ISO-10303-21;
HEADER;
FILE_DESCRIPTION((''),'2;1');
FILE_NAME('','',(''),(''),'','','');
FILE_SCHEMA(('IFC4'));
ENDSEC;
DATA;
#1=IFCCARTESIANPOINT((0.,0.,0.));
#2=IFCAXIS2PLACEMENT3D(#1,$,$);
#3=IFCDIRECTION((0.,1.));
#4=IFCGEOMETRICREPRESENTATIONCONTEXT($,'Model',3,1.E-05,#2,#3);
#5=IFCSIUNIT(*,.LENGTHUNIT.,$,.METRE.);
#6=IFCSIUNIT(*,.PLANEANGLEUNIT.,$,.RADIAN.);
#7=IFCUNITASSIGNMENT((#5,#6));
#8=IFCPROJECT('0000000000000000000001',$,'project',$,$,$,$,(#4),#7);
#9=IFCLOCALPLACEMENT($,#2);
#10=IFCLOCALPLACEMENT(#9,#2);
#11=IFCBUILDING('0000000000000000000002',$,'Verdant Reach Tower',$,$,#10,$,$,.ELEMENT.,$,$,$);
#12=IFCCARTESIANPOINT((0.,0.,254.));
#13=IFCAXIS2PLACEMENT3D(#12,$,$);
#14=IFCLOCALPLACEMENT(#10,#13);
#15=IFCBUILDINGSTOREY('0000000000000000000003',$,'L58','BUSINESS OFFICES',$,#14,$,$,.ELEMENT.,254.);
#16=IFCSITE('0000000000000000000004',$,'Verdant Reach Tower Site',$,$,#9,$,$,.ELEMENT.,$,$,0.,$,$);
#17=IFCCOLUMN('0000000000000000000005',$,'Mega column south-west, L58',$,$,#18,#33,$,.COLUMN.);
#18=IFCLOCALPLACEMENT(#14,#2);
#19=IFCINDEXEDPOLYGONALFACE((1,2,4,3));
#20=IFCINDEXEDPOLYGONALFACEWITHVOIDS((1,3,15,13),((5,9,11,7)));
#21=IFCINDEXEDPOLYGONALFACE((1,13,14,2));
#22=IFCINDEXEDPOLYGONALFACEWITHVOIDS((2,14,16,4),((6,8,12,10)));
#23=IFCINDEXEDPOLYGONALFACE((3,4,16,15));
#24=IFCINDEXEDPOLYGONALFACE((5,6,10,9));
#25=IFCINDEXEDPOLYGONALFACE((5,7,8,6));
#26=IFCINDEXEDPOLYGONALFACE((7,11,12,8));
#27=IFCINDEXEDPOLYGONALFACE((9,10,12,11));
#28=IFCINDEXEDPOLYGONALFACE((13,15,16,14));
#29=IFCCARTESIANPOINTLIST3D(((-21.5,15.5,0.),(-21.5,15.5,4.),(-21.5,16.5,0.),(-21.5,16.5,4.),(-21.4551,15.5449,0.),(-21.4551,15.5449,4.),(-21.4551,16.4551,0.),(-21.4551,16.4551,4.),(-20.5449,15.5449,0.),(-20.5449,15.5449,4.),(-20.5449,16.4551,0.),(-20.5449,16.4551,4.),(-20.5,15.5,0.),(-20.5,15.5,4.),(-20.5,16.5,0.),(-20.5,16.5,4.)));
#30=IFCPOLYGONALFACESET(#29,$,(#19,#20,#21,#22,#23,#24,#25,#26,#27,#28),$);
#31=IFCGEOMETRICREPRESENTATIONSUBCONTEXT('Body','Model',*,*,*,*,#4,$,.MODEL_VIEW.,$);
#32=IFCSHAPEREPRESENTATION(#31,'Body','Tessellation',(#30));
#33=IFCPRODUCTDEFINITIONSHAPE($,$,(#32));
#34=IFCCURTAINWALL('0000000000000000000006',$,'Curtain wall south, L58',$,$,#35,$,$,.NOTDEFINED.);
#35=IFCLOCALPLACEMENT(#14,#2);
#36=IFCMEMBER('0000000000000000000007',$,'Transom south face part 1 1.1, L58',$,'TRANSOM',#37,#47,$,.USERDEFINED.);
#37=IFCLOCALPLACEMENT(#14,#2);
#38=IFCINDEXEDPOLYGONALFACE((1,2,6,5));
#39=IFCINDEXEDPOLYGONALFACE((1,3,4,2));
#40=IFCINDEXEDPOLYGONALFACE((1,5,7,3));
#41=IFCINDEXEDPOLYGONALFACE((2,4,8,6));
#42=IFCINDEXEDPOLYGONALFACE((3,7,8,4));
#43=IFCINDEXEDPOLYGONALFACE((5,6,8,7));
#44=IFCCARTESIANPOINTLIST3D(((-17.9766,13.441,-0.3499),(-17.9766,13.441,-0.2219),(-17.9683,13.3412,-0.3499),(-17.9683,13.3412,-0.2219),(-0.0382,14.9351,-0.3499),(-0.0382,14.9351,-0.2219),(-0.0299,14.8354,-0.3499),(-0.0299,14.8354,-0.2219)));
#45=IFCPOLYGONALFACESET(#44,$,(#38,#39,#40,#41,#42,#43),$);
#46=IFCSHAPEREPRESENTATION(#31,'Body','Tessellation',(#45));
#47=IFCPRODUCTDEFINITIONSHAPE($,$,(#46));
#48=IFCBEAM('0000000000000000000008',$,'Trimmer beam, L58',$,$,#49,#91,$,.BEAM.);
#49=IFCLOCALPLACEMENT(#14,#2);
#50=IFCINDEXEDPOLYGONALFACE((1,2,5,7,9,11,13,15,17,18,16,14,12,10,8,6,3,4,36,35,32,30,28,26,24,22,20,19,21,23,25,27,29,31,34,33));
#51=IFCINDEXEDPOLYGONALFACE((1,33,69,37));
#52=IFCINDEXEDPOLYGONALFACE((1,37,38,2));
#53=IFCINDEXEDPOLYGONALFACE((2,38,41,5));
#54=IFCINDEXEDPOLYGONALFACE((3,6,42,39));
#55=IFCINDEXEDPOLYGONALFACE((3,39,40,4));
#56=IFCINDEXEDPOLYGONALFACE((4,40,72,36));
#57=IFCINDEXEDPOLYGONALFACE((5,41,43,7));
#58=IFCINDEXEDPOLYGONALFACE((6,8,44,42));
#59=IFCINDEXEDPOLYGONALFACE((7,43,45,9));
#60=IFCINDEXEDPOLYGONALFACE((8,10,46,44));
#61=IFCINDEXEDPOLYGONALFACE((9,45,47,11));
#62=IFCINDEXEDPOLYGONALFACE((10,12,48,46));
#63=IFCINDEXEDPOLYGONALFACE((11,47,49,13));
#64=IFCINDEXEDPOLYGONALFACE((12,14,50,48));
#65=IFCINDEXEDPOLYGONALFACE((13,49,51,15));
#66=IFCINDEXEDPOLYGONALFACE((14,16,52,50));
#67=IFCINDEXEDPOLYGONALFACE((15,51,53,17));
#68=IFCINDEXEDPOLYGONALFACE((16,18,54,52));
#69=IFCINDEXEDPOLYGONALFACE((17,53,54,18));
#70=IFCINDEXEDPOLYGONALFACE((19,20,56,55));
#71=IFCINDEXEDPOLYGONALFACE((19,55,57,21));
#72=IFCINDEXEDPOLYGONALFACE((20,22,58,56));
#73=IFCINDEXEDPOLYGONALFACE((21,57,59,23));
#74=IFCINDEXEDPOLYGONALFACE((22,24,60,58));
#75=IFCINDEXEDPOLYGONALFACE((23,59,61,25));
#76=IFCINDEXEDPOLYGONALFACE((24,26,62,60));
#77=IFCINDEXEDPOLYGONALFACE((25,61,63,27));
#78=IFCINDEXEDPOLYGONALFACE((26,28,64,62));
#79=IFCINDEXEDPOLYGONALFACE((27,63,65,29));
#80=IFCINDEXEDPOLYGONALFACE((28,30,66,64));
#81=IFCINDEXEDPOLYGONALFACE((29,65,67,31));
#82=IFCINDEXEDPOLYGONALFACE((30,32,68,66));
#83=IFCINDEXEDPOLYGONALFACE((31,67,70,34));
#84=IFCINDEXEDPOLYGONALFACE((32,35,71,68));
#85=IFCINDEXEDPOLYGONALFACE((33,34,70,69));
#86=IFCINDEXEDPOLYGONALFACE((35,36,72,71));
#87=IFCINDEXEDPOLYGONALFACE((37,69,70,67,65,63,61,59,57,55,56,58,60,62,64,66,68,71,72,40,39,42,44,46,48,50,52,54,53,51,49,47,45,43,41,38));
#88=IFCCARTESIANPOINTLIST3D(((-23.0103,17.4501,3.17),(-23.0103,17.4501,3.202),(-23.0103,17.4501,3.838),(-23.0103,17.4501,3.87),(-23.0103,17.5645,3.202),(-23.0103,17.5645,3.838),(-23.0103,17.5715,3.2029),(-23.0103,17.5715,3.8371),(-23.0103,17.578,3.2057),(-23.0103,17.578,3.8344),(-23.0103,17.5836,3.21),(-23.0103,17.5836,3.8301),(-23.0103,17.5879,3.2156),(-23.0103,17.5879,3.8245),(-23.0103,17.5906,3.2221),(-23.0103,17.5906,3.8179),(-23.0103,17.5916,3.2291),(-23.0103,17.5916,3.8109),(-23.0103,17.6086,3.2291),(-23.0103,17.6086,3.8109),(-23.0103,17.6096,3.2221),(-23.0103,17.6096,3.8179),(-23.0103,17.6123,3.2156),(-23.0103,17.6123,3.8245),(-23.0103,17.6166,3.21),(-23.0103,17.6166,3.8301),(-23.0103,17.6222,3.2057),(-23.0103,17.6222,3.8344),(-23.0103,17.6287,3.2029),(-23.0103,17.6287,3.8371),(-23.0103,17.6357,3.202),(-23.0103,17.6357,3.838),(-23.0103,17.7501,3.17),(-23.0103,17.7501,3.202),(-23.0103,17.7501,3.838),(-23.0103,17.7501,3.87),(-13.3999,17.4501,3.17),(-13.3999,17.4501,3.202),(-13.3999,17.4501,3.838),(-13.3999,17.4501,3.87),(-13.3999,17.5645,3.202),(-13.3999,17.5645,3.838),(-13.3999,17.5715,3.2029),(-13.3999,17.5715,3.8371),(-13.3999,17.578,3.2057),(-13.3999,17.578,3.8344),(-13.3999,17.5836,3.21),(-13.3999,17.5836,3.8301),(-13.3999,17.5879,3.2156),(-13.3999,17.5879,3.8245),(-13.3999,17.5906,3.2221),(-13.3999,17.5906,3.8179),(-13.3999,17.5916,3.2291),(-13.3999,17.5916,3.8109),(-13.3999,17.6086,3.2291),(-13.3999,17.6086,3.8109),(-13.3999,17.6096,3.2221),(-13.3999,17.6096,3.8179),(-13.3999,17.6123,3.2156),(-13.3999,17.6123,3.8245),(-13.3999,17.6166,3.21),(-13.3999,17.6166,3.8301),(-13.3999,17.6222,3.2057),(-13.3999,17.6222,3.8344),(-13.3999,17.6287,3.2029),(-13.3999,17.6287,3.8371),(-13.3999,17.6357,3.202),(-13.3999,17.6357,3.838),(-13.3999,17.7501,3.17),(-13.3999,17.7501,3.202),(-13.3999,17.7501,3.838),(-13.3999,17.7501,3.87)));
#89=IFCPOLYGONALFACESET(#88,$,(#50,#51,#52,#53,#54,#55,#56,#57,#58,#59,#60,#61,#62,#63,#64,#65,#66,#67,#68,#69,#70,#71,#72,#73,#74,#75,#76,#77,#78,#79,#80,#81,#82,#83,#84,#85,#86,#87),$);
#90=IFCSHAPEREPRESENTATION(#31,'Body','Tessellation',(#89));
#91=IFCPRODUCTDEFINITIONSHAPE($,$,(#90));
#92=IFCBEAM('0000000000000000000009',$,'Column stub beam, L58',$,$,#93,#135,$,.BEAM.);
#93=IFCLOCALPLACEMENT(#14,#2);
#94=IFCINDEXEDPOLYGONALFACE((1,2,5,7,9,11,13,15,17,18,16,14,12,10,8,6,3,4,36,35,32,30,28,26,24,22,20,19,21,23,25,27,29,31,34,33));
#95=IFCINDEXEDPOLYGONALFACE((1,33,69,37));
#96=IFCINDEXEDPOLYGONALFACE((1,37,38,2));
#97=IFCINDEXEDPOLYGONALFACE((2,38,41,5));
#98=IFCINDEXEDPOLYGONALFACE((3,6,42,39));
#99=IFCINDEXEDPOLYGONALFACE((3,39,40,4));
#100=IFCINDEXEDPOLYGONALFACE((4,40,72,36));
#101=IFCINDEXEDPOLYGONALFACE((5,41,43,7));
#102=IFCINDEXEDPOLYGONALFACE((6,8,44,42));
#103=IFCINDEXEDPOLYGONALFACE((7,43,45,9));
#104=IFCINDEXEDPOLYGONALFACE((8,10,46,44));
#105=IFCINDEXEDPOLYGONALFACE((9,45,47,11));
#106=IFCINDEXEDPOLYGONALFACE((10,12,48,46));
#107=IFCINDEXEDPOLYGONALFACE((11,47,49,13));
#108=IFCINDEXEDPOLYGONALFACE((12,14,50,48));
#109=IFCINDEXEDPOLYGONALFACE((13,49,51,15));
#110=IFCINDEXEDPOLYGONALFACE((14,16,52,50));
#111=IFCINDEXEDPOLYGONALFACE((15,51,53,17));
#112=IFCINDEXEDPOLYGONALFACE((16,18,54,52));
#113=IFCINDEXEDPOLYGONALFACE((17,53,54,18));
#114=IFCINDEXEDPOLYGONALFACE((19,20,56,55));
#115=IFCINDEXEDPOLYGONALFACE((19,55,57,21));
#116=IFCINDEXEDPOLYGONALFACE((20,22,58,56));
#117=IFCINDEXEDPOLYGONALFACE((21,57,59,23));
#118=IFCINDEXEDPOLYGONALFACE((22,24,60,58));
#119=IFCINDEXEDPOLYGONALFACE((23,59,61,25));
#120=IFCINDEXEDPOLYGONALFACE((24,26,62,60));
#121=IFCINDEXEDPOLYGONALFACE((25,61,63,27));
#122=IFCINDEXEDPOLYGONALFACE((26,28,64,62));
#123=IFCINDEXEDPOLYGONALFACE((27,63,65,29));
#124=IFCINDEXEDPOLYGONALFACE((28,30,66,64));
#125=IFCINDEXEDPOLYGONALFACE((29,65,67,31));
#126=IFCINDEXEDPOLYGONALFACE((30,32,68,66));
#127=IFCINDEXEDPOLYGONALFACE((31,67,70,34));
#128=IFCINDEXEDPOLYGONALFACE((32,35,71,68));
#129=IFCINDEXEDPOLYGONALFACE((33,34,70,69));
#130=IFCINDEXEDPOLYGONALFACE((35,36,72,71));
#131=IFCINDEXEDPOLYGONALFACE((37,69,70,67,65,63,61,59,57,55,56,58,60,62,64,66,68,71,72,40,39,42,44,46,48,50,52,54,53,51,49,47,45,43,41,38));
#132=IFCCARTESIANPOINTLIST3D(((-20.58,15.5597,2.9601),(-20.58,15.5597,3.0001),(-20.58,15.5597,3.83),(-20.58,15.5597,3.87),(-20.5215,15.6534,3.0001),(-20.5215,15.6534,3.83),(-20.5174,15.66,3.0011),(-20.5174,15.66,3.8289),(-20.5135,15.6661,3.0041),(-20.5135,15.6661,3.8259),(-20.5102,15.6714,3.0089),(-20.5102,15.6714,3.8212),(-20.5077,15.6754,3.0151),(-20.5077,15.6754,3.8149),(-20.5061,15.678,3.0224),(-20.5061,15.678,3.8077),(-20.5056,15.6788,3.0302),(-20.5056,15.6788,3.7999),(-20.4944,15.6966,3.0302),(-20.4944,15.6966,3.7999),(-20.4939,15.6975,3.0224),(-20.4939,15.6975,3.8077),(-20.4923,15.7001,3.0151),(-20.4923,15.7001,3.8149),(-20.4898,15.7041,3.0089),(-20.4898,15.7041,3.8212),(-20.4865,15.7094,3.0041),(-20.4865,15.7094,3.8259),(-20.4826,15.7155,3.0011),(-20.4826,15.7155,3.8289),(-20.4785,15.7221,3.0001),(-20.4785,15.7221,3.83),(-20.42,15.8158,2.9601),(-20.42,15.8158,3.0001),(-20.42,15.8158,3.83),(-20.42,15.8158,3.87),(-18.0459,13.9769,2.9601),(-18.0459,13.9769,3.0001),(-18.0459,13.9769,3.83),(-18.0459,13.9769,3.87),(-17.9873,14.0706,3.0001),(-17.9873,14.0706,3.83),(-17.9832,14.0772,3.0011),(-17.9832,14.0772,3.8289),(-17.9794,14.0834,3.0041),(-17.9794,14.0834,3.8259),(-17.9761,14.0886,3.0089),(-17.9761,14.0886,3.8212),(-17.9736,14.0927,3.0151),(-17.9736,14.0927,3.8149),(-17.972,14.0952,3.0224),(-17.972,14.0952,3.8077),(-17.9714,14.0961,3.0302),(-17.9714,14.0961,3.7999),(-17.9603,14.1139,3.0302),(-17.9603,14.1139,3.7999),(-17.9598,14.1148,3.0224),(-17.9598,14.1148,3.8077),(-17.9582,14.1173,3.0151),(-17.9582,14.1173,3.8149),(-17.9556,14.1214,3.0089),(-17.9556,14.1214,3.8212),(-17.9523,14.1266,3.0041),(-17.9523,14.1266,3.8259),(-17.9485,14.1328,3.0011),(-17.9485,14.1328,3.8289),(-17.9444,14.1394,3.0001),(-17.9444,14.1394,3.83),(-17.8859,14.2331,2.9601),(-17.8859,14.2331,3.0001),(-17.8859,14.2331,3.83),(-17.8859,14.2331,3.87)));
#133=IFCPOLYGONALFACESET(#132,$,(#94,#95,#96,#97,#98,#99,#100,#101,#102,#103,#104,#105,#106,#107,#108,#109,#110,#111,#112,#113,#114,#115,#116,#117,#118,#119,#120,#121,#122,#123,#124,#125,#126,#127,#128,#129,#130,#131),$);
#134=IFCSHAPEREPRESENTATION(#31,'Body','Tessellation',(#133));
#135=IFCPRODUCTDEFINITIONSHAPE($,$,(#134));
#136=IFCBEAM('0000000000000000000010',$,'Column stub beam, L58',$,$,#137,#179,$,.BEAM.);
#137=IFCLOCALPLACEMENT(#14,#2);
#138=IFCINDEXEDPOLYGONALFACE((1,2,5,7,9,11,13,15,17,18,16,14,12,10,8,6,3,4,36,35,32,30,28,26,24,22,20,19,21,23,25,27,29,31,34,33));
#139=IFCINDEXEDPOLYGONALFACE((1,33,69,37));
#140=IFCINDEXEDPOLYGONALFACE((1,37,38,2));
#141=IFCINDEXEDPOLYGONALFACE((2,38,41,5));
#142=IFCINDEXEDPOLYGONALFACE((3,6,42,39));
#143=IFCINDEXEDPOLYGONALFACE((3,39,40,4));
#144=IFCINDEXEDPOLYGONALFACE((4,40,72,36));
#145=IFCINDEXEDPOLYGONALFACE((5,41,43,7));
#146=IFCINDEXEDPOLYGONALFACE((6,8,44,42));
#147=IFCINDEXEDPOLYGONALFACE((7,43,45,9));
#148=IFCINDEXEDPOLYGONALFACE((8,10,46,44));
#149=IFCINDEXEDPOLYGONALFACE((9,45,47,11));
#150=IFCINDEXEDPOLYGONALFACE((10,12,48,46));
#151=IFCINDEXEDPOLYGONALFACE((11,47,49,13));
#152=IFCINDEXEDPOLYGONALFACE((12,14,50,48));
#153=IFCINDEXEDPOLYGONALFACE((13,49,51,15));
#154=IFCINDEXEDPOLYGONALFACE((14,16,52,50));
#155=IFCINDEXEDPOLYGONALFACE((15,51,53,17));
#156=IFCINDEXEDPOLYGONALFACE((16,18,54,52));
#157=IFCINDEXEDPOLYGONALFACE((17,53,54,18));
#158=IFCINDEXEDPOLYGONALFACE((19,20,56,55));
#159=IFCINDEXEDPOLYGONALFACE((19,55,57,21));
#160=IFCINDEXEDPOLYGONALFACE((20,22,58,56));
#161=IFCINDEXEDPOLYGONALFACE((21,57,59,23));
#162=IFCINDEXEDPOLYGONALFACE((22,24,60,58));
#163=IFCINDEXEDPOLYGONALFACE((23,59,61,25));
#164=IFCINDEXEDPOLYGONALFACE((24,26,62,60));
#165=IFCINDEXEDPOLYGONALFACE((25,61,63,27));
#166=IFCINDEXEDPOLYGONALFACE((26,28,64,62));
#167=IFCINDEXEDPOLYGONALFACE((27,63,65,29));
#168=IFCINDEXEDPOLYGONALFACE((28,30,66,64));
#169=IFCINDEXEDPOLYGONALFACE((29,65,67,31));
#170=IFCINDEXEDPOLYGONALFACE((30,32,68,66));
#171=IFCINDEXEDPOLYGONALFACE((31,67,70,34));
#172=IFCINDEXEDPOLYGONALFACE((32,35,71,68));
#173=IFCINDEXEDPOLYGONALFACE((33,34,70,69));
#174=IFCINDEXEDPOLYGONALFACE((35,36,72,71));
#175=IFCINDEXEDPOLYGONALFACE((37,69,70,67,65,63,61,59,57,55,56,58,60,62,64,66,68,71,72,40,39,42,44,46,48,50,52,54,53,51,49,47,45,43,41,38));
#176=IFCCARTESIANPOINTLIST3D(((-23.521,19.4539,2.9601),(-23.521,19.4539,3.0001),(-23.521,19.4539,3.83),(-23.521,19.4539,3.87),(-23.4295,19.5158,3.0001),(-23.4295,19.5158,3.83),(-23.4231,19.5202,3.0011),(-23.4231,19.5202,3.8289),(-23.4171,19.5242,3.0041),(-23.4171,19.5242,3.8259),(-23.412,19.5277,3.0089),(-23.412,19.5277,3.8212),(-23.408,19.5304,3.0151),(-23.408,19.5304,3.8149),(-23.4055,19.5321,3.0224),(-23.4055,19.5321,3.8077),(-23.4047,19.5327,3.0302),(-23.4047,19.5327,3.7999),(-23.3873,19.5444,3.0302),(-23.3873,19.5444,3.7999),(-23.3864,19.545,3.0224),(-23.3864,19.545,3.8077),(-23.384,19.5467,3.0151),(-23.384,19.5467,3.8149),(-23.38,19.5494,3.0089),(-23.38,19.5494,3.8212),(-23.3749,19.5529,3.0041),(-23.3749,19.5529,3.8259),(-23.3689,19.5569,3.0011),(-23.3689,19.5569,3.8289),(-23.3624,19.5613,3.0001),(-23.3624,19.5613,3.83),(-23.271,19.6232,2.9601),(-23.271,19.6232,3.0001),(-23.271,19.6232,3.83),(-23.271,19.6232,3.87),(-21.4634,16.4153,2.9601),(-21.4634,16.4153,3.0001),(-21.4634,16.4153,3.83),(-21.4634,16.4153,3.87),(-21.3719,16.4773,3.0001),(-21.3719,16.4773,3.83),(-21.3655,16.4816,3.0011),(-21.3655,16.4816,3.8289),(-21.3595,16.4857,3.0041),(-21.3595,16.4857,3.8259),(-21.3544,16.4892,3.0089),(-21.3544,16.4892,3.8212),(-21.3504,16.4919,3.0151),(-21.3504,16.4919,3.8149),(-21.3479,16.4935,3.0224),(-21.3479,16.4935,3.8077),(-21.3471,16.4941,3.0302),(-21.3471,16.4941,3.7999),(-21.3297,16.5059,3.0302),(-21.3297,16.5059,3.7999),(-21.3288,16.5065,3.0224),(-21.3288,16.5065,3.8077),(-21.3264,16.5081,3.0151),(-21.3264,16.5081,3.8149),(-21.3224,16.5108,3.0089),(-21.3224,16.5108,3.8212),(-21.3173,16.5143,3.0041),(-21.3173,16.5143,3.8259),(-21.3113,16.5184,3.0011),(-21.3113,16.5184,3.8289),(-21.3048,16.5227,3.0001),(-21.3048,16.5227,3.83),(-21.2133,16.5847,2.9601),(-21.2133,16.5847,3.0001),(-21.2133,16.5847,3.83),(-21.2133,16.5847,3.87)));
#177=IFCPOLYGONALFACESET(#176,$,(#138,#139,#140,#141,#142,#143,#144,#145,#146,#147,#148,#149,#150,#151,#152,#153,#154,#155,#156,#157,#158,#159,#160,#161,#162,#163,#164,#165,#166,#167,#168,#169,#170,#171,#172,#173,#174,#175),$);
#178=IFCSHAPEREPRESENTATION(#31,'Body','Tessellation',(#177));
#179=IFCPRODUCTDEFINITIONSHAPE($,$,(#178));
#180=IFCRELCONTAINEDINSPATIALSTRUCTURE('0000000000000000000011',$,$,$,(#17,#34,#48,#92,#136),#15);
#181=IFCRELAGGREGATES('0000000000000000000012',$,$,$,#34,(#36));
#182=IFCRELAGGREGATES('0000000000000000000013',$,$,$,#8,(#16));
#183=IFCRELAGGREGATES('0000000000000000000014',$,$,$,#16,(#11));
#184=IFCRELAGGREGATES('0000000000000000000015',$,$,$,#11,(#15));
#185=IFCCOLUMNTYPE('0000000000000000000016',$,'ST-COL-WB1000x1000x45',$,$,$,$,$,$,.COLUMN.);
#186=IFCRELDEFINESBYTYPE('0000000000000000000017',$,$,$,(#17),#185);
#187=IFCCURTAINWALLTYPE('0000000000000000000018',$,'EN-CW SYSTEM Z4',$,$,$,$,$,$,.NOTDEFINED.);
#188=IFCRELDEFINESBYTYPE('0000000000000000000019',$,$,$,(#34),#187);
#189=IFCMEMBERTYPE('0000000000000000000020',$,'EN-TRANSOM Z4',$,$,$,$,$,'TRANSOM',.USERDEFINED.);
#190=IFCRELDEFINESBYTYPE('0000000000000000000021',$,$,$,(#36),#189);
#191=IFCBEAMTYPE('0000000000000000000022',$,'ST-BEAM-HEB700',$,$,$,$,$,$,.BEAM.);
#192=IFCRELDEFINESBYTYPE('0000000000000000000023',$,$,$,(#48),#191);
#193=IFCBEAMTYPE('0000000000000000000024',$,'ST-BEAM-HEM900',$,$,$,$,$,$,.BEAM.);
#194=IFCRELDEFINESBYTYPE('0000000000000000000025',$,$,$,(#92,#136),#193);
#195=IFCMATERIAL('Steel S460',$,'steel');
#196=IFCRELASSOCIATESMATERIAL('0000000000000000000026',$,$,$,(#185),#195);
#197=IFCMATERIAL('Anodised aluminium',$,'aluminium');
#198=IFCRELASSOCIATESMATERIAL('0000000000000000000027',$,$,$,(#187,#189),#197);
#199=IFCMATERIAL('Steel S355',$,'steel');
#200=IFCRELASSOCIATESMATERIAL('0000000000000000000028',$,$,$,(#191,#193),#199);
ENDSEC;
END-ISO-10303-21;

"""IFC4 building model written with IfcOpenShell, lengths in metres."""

from ifc_helpers import new_model, si_unit, direction, frame, origin, origin_2d, place, context, subcontext, project, spatial, rectangle, hollow_rectangle, i_section, extrude, material, material_profile, profile_set, type_object, element, aggregate, save


model = new_model("IFC4")

# Units and contexts
model_context = context("Model", 3, precision=1e-05, world=origin(), true_north=direction((0.0, 1.0)))
body_context = subcontext(model_context, "Body", "Model", "MODEL_VIEW")
ifc_project = project(units=[si_unit("LENGTHUNIT", "METRE"), si_unit("PLANEANGLEUNIT", "RADIAN")], contexts=[model_context])

# Site, building, storey
site_placement = place(None, origin())
site = spatial("IfcSite", under=ifc_project, at=site_placement, Name="Verdant Reach Tower Site", CompositionType="ELEMENT", RefElevation=0.0)
building_placement = place(site_placement, origin())
building = spatial("IfcBuilding", under=site, at=building_placement, Name="Verdant Reach Tower", CompositionType="ELEMENT")
storey_placement = place(building_placement, frame((0.0, 0.0, 254.0)))
storey = spatial("IfcBuildingStorey", under=building, at=storey_placement, Name="L58", Description="BUSINESS OFFICES", CompositionType="ELEMENT", Elevation=254.0)

# Column
ifc_material_1 = material(Name="Steel S460", Category="steel")
ifc_material_profile_1 = material_profile(ifc_material_1, hollow_rectangle(XDim=1.0, YDim=1.0, WallThickness=0.0449, at=origin_2d()), Name="WB 1000x1000x45")
ifc_profile_set_1 = profile_set([ifc_material_profile_1], Name="Steel S460")
column_type = type_object("IfcColumnType", Name="ST-COL-WB1000x1000x45", PredefinedType="COLUMN", material=ifc_profile_set_1)
column_placement = place(storey_placement, frame((-21.0, 16.0, 0.0), z_axis=(0.0, 0.0, 1.0), x_axis=(1.0, 0.0, 0.0)))
element("IfcColumn", 1, at=column_placement, inside=storey, type_object=column_type, Name="Mega column south-west, L58", PredefinedType="COLUMN", context=body_context, shape_type="SweptSolid", body=[
    extrude(hollow_rectangle(XDim=1.0, YDim=1.0, WallThickness=0.0449, at=origin_2d()), origin(), (0.0, 0.0, 1.0), 4.0),
])

# Curtain wall, member
ifc_material_2 = material(Name="Anodised aluminium", Category="aluminium")
curtain_wall_type = type_object("IfcCurtainWallType", Name="EN-CW SYSTEM Z4", PredefinedType="NOTDEFINED", material=ifc_material_2)
curtain_wall_1_placement = place(storey_placement, origin())
curtain_wall_1 = element("IfcCurtainWall", 2, at=curtain_wall_1_placement, inside=storey, type_object=curtain_wall_type, Name="Curtain wall south, L58", PredefinedType="NOTDEFINED")
ifc_material_profile_2 = material_profile(ifc_material_2, rectangle(XDim=0.1001, YDim=0.1279, at=origin_2d()), Name="Transom 128x100")
ifc_profile_set_2 = profile_set([ifc_material_profile_2], Name="Anodised aluminium")
member_type = type_object("IfcMemberType", Name="EN-TRANSOM Z4", ElementType="TRANSOM", PredefinedType="USERDEFINED", material=ifc_profile_set_2)
member_placement = place(storey_placement, frame((-17.9724, 13.3911, -0.2859), z_axis=(0.996549, 0.083005, 0.0), x_axis=(-0.083005, 0.996549, 0.0)))
member = element("IfcMember", 3, at=member_placement, type_object=member_type, Name="Transom south face part 1 1.1, L58", ObjectType="TRANSOM", PredefinedType="USERDEFINED", context=body_context, shape_type="SweptSolid", body=[
    extrude(rectangle(XDim=0.1001, YDim=0.1279, at=origin_2d()), origin(), (0.0, 0.0, 1.0), 18.0005),
])

# Beams
ifc_material_3 = material(Name="Steel S355", Category="steel")
ifc_material_profile_3 = material_profile(ifc_material_3, i_section(OverallWidth=0.3, OverallDepth=0.7, WebThickness=0.0171, FlangeThickness=0.032, FilletRadius=0.0271, at=origin_2d()), Name="HEB 700")
ifc_profile_set_3 = profile_set([ifc_material_profile_3], Name="Steel S355")
beam_type_1 = type_object("IfcBeamType", Name="ST-BEAM-HEB700", PredefinedType="BEAM", material=ifc_profile_set_3)
beam_1_placement = place(storey_placement, frame((-13.3999, 17.6001, 3.52), z_axis=(-1.0, 0.0, 0.0), x_axis=(0.0, -1.0, 0.0)))
element("IfcBeam", 4, at=beam_1_placement, inside=storey, type_object=beam_type_1, Name="Trimmer beam, L58", PredefinedType="BEAM", context=body_context, shape_type="SweptSolid", body=[
    extrude(i_section(OverallWidth=0.3, OverallDepth=0.7, WebThickness=0.0171, FlangeThickness=0.032, FilletRadius=0.0271, at=origin_2d()), origin(), (0.0, 0.0, 1.0), 9.6104),
])
ifc_material_profile_4 = material_profile(ifc_material_3, i_section(OverallWidth=0.302, OverallDepth=0.9099, WebThickness=0.021, FlangeThickness=0.04, FilletRadius=0.03, at=origin_2d()), Name="HEM 900")
ifc_profile_set_4 = profile_set([ifc_material_profile_4], Name="Steel S355")
beam_type_2 = type_object("IfcBeamType", Name="ST-BEAM-HEM900", PredefinedType="BEAM", material=ifc_profile_set_4)
beam_2_placement = place(storey_placement, frame((-20.5, 15.6877, 3.415), z_axis=(0.848164, -0.529735, 0.0), x_axis=(0.529735, 0.848164, 0.0)))
element("IfcBeam", 5, at=beam_2_placement, inside=storey, type_object=beam_type_2, Name="Column stub beam, L58", PredefinedType="BEAM", context=body_context, shape_type="SweptSolid", body=[
    extrude(i_section(OverallWidth=0.302, OverallDepth=0.9099, WebThickness=0.021, FlangeThickness=0.04, FilletRadius=0.03, at=origin_2d()), origin(), (0.0, 0.0, 1.0), 2.9878),
])
beam_3_placement = place(storey_placement, frame((-21.3384, 16.5, 3.415), z_axis=(-0.560704, 0.828016, 0.0), x_axis=(-0.828016, -0.560704, 0.0)))
element("IfcBeam", 6, at=beam_3_placement, inside=storey, type_object=beam_type_2, Name="Column stub beam, L58", PredefinedType="BEAM", context=body_context, shape_type="SweptSolid", body=[
    extrude(i_section(OverallWidth=0.302, OverallDepth=0.9099, WebThickness=0.021, FlangeThickness=0.04, FilletRadius=0.03, at=origin_2d()), origin(), (0.0, 0.0, 1.0), 3.6697),
])

aggregate(curtain_wall_1, [member])

save(model, "model.ifc")
